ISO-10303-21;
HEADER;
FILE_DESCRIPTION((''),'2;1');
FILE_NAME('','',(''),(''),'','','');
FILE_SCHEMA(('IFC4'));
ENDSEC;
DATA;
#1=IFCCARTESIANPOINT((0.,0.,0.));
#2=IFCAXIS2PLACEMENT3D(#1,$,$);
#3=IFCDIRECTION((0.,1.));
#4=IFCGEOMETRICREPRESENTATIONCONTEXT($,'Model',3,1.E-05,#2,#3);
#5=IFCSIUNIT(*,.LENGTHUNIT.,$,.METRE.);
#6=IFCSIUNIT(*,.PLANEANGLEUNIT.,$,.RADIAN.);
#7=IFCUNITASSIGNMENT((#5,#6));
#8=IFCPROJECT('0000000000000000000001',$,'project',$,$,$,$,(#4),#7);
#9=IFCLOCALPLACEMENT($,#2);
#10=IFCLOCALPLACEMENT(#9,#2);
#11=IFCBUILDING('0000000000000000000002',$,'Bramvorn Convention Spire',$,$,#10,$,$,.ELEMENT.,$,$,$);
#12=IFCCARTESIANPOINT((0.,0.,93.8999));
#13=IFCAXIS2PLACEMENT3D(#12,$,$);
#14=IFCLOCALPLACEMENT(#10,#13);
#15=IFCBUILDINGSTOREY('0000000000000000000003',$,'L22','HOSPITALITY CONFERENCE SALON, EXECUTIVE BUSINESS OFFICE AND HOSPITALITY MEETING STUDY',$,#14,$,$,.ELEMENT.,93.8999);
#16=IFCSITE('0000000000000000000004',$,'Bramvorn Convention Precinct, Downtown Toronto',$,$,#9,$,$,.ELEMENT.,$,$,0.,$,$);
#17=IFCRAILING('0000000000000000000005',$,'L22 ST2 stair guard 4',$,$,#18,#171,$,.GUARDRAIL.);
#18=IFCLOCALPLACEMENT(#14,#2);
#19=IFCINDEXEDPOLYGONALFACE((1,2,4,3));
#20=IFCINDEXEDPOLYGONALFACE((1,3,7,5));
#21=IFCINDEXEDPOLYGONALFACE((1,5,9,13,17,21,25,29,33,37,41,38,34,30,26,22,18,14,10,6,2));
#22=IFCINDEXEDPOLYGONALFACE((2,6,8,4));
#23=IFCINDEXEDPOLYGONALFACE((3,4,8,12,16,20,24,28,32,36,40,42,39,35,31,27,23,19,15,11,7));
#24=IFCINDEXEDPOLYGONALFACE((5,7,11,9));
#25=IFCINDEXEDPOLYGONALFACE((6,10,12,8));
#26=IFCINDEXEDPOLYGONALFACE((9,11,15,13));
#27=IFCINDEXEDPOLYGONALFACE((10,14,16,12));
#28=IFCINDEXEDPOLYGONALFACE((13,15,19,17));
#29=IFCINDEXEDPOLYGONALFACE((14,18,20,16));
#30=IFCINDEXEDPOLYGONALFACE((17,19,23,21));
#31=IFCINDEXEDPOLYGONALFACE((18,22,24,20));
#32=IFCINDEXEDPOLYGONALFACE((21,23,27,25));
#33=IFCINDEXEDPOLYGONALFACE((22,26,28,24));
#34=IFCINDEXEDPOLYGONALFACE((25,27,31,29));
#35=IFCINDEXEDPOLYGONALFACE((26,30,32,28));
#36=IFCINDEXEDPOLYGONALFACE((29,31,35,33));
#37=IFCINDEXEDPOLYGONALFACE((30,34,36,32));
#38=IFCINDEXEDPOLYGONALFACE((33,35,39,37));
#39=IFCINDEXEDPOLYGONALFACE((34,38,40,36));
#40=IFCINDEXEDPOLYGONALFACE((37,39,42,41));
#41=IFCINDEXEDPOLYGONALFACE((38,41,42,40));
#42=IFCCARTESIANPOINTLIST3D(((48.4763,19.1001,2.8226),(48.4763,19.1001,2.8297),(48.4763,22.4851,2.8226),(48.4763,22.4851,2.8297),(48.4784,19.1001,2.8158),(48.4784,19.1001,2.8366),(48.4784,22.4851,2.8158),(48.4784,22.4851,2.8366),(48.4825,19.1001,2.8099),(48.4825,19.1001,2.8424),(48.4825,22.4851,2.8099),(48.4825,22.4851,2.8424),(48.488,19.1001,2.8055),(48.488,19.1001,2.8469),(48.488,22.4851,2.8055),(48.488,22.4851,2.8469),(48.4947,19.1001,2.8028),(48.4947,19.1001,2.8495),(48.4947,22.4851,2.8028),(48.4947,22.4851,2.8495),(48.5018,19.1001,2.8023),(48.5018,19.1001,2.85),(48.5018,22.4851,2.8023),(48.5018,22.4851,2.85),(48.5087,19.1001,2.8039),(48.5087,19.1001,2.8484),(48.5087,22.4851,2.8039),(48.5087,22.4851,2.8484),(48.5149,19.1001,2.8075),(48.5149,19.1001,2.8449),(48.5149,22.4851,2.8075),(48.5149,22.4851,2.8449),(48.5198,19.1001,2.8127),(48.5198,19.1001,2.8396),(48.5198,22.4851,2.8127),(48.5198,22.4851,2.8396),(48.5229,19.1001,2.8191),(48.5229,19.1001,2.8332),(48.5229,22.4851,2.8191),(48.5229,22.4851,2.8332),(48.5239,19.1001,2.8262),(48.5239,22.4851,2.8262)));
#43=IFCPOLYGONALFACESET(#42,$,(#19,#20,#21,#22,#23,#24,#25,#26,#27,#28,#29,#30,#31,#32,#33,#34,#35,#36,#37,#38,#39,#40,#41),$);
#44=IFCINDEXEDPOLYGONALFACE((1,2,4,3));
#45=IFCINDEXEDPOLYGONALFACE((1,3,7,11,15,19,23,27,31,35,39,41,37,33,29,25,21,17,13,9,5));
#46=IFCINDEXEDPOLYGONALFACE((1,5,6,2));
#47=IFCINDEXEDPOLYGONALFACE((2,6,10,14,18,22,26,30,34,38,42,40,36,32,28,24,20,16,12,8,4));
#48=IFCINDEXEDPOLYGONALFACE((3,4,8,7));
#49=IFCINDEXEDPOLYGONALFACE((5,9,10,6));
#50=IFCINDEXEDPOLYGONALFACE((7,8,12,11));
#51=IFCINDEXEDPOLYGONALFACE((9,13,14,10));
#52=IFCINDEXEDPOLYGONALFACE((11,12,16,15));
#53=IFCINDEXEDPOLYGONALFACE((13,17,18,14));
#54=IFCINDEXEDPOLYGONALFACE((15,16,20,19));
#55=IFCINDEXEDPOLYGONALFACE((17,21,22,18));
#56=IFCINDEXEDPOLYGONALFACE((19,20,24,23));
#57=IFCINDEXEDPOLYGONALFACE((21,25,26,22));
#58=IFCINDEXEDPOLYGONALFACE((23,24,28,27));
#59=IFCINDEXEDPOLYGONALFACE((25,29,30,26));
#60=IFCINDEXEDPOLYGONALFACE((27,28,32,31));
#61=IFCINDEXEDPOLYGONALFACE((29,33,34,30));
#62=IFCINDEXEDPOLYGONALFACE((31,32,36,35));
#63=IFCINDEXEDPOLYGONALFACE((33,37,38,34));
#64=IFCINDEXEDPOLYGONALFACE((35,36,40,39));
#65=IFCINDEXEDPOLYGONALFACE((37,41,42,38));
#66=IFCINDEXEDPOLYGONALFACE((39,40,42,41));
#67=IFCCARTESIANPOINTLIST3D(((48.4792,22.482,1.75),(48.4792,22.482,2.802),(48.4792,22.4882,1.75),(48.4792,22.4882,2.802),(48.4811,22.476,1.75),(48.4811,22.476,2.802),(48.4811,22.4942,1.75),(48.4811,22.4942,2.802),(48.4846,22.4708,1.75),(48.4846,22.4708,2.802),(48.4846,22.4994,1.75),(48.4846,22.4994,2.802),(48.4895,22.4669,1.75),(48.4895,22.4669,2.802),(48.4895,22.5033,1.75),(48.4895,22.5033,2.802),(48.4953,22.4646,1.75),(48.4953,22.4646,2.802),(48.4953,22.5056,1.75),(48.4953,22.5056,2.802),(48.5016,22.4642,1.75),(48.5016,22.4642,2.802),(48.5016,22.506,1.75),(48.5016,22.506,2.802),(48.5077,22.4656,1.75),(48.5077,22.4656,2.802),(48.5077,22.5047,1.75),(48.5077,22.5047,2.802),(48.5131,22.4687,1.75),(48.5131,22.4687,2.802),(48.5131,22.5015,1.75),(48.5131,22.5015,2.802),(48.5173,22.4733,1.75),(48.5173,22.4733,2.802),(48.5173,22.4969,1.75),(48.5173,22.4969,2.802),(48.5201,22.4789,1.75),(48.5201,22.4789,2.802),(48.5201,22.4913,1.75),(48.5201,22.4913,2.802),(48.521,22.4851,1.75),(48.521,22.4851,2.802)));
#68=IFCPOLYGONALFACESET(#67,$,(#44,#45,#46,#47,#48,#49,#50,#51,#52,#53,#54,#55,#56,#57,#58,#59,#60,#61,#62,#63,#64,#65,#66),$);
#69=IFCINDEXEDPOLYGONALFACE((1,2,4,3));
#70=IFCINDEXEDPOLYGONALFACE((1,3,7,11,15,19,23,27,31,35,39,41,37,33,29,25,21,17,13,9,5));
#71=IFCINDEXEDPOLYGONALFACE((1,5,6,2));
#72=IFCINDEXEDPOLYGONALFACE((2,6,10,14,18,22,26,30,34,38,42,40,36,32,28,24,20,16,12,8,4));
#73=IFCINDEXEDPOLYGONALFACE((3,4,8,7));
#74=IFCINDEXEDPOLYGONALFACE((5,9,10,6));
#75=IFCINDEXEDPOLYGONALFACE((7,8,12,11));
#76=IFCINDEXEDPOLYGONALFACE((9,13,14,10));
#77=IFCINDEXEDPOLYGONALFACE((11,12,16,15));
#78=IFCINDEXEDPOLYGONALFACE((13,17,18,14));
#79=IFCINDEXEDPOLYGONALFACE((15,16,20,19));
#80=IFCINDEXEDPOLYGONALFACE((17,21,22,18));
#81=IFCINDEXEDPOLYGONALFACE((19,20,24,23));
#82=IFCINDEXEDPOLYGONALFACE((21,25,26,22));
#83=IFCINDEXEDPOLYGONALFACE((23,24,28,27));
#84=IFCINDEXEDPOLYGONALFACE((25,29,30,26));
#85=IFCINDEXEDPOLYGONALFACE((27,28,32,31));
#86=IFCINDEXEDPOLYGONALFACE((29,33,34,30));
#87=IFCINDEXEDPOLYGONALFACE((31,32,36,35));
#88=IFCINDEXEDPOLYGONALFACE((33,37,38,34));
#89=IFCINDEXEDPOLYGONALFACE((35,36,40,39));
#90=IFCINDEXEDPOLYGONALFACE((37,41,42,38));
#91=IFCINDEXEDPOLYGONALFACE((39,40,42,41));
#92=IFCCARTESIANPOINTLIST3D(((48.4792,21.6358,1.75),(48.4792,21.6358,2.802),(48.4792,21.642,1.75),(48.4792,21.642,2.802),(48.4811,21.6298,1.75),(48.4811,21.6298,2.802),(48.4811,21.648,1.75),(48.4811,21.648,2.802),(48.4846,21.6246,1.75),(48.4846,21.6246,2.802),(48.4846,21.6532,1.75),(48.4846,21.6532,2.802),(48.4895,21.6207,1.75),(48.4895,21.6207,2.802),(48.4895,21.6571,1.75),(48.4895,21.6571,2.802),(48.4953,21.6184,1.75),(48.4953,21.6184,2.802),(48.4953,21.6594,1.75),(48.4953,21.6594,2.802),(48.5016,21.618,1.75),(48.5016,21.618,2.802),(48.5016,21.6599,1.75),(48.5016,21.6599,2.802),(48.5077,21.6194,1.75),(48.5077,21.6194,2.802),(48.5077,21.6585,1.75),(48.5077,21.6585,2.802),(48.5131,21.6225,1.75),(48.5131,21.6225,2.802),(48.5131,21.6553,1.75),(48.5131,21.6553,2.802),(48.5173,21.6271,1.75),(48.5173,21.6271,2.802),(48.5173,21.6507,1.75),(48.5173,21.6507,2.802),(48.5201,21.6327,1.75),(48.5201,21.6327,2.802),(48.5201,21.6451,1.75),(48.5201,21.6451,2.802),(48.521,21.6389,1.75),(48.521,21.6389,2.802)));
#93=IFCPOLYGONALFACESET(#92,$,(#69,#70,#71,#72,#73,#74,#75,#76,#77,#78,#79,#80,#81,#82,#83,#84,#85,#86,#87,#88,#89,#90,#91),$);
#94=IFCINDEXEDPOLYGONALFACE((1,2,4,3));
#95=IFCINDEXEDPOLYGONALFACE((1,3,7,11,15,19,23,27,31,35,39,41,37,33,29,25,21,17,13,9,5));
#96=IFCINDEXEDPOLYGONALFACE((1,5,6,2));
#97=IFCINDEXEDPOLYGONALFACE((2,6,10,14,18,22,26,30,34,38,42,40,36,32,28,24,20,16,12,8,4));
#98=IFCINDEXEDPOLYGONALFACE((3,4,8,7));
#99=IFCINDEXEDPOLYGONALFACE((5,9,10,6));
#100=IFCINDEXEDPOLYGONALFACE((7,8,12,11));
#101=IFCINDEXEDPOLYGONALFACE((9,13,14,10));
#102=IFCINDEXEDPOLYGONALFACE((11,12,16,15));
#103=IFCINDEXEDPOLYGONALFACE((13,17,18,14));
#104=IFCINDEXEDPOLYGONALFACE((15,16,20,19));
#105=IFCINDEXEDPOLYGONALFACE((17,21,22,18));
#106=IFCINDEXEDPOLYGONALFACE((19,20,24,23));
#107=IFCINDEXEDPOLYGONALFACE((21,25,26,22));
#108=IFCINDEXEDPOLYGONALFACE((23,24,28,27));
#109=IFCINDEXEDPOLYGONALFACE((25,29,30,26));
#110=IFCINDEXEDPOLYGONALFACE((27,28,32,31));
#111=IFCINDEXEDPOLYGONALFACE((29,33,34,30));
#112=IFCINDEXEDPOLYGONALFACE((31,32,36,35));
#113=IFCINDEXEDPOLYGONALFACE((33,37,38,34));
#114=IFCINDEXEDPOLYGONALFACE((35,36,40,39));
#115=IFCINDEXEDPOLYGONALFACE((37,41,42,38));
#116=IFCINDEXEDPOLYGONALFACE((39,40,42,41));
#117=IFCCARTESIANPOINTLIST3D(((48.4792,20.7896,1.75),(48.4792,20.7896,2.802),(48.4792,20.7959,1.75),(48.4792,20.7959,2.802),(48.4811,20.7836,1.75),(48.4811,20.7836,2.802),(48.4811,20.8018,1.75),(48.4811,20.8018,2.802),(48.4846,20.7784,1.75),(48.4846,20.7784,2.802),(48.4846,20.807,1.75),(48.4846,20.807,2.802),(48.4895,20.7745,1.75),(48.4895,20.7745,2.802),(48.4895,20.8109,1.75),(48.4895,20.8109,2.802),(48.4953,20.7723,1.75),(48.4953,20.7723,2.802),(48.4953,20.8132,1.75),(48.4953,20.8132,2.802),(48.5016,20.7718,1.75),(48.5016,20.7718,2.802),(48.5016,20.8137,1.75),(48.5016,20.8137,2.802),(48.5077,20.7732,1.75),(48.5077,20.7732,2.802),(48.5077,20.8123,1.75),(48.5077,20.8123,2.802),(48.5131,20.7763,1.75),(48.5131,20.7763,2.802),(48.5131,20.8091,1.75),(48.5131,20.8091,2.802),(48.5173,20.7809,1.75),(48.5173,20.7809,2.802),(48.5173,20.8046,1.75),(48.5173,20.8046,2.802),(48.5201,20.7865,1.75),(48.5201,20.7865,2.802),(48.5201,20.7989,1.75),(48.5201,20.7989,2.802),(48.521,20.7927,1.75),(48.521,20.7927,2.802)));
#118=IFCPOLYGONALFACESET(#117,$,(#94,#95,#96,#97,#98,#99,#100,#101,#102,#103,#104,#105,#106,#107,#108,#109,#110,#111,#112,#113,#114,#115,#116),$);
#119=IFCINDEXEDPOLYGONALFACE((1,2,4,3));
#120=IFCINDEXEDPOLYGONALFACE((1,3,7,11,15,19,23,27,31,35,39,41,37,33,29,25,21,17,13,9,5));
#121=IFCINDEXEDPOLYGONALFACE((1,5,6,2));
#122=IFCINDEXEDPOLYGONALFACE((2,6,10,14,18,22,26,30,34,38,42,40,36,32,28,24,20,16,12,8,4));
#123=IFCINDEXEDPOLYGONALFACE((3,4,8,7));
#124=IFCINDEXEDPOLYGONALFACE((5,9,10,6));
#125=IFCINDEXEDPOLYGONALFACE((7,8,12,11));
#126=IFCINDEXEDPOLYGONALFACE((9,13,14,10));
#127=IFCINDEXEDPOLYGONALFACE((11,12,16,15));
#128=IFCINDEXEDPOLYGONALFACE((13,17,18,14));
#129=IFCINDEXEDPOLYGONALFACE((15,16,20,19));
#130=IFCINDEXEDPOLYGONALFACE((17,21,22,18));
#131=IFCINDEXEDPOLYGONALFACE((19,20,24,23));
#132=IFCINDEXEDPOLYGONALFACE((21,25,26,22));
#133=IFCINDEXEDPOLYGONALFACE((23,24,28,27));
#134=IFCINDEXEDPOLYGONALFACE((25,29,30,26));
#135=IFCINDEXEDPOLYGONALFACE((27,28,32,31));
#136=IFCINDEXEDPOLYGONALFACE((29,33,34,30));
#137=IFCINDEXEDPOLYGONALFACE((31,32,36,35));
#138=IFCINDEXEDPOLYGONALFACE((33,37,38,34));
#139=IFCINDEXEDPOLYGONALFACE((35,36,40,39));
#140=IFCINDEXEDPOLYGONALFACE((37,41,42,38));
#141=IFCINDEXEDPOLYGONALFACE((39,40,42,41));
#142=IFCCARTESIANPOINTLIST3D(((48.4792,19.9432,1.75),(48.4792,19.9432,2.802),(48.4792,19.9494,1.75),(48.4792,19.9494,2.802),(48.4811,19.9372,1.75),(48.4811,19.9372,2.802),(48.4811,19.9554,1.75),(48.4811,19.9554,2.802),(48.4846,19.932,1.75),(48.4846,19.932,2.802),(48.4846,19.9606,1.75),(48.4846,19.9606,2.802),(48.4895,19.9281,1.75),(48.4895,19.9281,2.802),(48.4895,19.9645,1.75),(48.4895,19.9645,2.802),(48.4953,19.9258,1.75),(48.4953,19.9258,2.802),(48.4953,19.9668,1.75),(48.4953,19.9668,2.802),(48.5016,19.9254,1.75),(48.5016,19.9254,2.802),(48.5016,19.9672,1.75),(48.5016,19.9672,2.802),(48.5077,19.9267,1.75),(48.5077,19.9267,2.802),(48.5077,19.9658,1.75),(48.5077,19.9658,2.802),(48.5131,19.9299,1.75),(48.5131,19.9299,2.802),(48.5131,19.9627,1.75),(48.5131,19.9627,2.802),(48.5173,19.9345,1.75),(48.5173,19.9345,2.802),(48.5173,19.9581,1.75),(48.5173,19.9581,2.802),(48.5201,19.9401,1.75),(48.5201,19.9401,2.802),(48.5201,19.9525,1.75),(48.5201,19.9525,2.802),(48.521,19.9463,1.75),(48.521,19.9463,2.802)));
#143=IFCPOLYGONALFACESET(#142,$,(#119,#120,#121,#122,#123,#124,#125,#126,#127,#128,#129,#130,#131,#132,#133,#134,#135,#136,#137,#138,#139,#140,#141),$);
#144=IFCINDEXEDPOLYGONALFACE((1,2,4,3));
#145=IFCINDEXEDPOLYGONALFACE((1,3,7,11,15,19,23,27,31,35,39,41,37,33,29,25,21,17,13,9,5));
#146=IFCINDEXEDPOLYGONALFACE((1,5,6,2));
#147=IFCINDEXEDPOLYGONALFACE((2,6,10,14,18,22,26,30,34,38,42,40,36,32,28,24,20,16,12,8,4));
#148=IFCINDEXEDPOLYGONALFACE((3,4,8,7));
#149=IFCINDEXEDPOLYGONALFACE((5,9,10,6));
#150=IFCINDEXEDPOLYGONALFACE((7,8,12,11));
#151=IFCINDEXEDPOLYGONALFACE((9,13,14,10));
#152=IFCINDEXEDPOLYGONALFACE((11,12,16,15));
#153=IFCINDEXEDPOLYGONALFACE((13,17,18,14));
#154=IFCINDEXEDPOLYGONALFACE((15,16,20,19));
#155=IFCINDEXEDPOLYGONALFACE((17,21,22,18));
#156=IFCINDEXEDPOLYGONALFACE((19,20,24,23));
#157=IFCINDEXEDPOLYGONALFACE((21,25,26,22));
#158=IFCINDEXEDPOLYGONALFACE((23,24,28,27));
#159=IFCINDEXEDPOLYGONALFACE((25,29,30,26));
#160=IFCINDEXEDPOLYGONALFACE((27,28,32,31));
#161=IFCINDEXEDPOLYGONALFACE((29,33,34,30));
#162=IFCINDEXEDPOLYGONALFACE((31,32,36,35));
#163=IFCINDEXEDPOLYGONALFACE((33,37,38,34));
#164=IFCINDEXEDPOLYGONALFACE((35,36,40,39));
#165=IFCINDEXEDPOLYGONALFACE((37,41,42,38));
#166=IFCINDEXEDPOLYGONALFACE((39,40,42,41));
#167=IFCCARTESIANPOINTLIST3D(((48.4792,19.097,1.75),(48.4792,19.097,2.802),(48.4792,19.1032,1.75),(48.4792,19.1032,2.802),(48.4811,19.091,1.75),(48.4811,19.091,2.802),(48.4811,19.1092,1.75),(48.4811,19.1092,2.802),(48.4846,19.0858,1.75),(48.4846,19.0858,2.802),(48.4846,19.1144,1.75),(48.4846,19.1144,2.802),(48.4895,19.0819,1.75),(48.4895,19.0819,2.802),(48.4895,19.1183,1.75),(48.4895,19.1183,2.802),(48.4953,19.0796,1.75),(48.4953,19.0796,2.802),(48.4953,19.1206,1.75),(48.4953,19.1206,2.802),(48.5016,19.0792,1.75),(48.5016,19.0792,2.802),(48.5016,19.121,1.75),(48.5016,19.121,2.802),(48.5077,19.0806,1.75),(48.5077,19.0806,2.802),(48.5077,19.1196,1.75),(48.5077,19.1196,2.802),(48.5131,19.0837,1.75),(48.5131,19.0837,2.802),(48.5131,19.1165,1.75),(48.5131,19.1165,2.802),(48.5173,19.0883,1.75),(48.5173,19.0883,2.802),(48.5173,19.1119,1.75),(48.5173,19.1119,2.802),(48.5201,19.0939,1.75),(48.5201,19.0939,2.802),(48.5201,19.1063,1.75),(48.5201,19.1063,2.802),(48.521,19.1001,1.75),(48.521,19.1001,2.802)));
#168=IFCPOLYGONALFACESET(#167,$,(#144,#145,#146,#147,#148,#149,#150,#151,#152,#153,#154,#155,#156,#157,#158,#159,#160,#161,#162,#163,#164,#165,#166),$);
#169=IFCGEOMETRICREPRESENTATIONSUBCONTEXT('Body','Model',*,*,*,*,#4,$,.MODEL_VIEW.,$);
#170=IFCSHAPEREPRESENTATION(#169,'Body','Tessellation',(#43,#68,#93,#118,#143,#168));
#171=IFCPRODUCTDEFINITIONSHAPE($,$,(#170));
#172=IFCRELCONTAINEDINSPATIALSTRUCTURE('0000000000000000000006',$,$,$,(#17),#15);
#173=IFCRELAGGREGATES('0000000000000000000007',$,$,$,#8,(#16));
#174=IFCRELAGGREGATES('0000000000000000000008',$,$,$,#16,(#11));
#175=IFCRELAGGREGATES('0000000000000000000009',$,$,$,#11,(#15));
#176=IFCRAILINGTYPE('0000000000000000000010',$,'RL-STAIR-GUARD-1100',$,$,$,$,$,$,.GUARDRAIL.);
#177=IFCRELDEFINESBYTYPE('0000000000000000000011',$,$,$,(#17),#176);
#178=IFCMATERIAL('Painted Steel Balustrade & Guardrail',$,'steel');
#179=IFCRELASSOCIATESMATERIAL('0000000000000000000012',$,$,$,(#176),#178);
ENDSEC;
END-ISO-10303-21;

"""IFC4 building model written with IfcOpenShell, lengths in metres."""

from ifc_helpers import new_model, si_unit, direction, frame, origin, origin_2d, place, context, subcontext, project, spatial, circle, extrude, material, type_object, element, save


model = new_model("IFC4")

# Units and contexts
model_context = context("Model", 3, precision=1e-05, world=origin(), true_north=direction((0.0, 1.0)))
body_context = subcontext(model_context, "Body", "Model", "MODEL_VIEW")
ifc_project = project(units=[si_unit("LENGTHUNIT", "METRE"), si_unit("PLANEANGLEUNIT", "RADIAN")], contexts=[model_context])

# Site, building, storey
site_placement = place(None, origin())
site = spatial("IfcSite", under=ifc_project, at=site_placement, Name="Bramvorn Convention Precinct, Downtown Toronto", CompositionType="ELEMENT", RefElevation=0.0)
building_placement = place(site_placement, origin())
building = spatial("IfcBuilding", under=site, at=building_placement, Name="Bramvorn Convention Spire", CompositionType="ELEMENT")
storey_placement = place(building_placement, frame((0.0, 0.0, 93.8999)))
storey = spatial("IfcBuildingStorey", under=building, at=storey_placement, Name="L22", Description="HOSPITALITY CONFERENCE SALON, EXECUTIVE BUSINESS OFFICE AND HOSPITALITY MEETING STUDY", CompositionType="ELEMENT", Elevation=93.8999)

# Railing
ifc_material_1 = material(Name="Painted Steel Balustrade & Guardrail", Category="steel")
railing_type_1 = type_object("IfcRailingType", Name="RL-STAIR-GUARD-1100", PredefinedType="GUARDRAIL", material=ifc_material_1)
for number, where, name in (
    (1, (48.5, 22.4851, 1.75), "L22 ST2 stair guard 4"),
):
    element("IfcRailing", number, at=place(storey_placement, frame(where)), inside=storey, type_object=railing_type_1, Name=name, PredefinedType="GUARDRAIL", context=body_context, shape_type="SweptSolid", body=[
        extrude(circle(Radius=0.0239, at=origin_2d()), frame((0.0, 0.0, 1.0762), z_axis=(0.0, -1.0, 0.0), x_axis=(1.0, 0.0, 0.0)), (0.0, 0.0, 1.0), 3.385),
        extrude(circle(Radius=0.021, at=origin_2d()), origin(), (0.0, 0.0, 1.0), 1.052),
        extrude(circle(Radius=0.021, at=origin_2d()), frame((0.0, -0.8462, 0.0)), (0.0, 0.0, 1.0), 1.052),
        extrude(circle(Radius=0.021, at=origin_2d()), frame((0.0, -1.6924, 0.0)), (0.0, 0.0, 1.0), 1.052),
        extrude(circle(Radius=0.021, at=origin_2d()), frame((0.0, -2.5388, 0.0)), (0.0, 0.0, 1.0), 1.052),
        extrude(circle(Radius=0.021, at=origin_2d()), frame((0.0, -3.385, 0.0)), (0.0, 0.0, 1.0), 1.052),
    ])

save(model, "model.ifc")
